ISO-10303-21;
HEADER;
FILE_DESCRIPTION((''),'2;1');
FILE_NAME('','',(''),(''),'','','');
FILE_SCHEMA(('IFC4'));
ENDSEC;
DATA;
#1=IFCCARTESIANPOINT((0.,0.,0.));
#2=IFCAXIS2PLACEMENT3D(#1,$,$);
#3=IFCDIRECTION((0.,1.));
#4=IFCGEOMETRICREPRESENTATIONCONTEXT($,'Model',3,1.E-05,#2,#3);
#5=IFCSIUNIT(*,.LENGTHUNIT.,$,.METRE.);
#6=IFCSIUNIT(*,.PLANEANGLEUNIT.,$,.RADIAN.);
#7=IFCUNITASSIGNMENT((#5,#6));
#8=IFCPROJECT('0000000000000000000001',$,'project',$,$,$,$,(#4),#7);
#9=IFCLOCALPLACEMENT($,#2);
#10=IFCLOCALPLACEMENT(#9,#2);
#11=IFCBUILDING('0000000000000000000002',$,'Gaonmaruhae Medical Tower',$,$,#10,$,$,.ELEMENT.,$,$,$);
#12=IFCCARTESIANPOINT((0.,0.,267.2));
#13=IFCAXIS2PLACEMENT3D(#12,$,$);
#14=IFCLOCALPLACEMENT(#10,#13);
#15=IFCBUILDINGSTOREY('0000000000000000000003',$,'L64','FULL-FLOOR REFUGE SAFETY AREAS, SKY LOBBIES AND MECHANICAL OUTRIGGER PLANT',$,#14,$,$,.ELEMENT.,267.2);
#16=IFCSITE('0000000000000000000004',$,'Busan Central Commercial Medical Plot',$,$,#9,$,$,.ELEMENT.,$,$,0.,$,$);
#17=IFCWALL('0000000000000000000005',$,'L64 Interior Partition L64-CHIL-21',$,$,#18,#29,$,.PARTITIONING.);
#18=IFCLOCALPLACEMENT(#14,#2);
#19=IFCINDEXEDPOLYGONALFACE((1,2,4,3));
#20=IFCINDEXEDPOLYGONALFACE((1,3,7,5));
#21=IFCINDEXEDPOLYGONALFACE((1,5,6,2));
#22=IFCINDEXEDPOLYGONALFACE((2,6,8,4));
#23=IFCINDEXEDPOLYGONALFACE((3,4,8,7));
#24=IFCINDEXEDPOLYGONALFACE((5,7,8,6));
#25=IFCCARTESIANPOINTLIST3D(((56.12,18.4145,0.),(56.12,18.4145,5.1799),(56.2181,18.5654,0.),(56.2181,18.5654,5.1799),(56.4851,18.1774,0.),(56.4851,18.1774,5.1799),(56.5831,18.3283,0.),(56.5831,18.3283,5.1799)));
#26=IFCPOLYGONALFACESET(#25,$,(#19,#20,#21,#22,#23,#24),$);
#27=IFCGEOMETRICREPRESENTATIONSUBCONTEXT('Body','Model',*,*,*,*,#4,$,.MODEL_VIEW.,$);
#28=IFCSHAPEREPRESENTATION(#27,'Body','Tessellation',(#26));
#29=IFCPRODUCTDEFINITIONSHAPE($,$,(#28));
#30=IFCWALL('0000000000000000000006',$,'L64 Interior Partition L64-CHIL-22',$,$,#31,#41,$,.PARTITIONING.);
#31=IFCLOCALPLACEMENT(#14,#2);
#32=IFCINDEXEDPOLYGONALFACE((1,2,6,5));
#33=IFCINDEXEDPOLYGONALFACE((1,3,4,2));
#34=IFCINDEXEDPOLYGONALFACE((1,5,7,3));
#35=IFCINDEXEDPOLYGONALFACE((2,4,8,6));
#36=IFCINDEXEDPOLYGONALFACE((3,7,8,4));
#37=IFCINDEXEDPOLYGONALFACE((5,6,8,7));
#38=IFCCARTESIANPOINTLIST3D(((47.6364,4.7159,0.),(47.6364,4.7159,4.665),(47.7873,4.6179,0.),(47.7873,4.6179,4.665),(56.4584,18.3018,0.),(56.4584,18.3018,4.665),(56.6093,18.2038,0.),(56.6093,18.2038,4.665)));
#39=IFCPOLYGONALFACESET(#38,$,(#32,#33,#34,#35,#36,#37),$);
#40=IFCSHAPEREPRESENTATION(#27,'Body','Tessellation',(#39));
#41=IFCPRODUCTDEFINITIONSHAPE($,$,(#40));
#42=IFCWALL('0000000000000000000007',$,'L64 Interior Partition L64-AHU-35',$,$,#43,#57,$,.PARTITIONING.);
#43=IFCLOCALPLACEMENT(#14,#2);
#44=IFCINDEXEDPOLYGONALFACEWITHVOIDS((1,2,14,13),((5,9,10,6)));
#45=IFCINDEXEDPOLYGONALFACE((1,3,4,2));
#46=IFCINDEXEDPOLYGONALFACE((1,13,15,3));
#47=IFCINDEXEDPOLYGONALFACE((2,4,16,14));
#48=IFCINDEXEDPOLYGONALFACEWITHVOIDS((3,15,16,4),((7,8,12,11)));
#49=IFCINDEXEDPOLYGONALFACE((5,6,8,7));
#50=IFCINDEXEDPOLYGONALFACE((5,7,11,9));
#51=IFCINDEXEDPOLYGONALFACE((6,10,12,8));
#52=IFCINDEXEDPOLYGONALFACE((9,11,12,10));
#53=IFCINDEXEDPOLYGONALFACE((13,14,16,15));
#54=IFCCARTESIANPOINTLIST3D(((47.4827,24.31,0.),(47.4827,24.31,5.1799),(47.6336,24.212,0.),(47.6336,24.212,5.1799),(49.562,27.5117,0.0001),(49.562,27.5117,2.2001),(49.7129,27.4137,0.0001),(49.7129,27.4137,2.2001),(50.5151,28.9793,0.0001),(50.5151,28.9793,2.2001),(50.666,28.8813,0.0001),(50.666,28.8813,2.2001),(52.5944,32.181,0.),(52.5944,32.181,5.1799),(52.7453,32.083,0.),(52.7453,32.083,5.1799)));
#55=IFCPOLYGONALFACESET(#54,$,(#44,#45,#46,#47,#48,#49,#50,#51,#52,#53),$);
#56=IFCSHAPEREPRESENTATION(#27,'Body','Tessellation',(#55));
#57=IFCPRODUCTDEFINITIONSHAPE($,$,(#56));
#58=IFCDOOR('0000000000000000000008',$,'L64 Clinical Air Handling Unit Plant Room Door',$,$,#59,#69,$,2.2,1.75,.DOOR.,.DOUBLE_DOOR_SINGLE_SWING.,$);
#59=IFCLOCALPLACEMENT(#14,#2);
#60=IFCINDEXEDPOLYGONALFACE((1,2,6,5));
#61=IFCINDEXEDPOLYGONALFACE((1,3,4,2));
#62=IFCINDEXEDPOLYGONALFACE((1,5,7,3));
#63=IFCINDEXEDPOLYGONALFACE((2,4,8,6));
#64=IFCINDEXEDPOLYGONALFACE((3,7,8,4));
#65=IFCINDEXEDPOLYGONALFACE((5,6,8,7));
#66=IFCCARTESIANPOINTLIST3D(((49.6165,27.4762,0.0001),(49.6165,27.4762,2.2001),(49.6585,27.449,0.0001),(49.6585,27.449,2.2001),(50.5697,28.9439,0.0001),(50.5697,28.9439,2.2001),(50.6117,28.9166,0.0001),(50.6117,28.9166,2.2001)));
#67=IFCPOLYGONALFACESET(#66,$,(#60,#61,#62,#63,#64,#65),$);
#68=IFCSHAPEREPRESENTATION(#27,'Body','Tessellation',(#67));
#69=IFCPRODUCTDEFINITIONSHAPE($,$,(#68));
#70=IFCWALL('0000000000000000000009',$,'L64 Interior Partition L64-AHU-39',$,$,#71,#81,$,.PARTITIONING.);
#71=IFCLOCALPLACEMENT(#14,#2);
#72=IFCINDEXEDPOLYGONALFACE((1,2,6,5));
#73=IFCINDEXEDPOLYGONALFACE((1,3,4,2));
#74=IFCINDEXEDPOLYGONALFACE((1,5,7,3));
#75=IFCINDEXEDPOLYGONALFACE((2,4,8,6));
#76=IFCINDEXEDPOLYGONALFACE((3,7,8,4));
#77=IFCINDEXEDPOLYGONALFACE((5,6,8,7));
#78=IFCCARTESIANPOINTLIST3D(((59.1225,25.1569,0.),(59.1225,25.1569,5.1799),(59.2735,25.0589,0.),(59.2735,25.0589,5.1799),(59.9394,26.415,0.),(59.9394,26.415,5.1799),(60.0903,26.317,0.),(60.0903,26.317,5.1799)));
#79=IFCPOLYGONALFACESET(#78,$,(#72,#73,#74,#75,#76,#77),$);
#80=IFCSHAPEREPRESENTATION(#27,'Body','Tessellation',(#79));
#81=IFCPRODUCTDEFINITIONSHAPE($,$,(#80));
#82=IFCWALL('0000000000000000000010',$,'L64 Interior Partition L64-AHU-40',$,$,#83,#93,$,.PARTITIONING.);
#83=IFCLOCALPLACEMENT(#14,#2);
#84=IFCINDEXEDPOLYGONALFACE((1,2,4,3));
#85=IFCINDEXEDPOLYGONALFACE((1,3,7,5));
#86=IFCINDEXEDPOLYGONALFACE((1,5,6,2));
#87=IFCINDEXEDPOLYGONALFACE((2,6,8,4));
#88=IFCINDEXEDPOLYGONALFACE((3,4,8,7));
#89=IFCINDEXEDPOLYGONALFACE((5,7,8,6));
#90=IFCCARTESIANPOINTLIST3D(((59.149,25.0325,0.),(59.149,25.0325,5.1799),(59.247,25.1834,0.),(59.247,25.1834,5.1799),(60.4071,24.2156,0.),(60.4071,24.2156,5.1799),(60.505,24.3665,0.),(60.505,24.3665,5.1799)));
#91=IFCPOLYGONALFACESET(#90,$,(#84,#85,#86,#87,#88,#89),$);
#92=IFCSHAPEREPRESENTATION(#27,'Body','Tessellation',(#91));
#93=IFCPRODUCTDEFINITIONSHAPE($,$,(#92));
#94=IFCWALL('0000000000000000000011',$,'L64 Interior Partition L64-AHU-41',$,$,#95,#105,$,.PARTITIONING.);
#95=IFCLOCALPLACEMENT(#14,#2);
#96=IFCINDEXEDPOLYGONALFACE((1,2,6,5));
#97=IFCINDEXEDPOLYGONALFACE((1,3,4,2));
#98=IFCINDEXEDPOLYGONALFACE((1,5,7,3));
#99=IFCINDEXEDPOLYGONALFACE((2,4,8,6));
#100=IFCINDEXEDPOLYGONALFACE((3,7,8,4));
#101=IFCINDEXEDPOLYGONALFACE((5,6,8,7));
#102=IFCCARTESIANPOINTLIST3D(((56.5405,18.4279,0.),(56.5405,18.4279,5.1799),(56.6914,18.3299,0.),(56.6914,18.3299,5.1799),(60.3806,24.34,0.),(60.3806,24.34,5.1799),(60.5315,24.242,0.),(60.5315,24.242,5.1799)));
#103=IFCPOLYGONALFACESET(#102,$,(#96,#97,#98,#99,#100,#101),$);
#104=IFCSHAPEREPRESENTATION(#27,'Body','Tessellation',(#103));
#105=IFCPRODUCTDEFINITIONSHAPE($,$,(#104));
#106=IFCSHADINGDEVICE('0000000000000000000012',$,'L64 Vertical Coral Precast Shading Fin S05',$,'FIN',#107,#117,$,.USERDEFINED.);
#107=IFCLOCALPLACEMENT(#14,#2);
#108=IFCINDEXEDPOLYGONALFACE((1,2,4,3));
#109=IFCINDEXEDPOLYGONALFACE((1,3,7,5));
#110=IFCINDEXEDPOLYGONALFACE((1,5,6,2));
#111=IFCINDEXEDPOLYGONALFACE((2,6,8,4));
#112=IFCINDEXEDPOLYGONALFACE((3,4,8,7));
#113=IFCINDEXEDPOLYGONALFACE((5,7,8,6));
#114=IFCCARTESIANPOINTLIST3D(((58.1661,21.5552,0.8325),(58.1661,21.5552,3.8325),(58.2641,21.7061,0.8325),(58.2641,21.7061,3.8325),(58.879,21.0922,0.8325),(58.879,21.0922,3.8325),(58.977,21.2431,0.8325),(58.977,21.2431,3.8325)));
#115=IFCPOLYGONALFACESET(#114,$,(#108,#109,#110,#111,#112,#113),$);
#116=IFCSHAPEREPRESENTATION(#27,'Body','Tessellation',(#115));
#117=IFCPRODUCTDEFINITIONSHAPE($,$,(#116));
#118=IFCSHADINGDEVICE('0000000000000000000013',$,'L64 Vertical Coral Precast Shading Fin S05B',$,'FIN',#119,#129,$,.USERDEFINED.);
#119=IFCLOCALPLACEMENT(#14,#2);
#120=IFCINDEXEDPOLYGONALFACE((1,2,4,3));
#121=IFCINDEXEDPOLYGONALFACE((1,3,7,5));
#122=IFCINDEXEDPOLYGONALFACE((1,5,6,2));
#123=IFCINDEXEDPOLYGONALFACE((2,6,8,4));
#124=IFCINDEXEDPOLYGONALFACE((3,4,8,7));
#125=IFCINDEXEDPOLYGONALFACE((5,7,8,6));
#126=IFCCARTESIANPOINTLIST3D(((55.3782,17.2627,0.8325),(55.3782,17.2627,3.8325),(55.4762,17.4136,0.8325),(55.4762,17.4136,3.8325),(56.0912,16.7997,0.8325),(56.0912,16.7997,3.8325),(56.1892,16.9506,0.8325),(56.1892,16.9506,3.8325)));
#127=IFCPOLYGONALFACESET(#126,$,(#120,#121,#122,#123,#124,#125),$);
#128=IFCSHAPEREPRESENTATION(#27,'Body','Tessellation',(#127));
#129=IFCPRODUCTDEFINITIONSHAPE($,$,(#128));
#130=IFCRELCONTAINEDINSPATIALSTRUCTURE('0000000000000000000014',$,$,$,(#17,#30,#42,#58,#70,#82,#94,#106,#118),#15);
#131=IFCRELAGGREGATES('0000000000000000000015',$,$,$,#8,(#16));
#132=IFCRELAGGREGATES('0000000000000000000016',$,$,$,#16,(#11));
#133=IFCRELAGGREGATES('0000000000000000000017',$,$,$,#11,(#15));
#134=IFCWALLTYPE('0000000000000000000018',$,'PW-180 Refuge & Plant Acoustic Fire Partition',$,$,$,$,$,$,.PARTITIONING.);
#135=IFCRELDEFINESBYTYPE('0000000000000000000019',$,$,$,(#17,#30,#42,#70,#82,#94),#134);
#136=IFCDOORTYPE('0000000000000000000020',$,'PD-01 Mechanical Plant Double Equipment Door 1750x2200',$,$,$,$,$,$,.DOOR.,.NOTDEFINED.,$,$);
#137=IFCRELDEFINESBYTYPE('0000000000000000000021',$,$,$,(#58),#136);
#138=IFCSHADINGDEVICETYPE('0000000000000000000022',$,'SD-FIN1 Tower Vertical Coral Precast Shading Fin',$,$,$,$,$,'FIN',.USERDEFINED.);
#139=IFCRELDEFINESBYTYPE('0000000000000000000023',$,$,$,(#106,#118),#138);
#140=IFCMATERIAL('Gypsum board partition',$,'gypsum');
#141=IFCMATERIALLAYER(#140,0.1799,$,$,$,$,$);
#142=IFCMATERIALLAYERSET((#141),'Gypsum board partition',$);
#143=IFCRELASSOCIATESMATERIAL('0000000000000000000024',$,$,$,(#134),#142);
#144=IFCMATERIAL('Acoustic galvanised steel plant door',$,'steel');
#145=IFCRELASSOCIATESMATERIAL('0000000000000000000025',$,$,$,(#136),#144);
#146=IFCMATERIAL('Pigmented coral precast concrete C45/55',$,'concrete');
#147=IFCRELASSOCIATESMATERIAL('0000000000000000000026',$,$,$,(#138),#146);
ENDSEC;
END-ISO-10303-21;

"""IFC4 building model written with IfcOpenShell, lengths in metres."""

from ifc_helpers import new_model, si_unit, direction, frame, frame_2d, origin, origin_2d, place, context, subcontext, project, spatial, rectangle, extrude, material, layer, layer_set, type_object, element, fill, save


model = new_model("IFC4")

# Units and contexts
model_context = context("Model", 3, precision=1e-05, world=origin(), true_north=direction((0.0, 1.0)))
body_context = subcontext(model_context, "Body", "Model", "MODEL_VIEW")
ifc_project = project(units=[si_unit("LENGTHUNIT", "METRE"), si_unit("PLANEANGLEUNIT", "RADIAN")], contexts=[model_context])

# Site, building, storey
site_placement = place(None, origin())
site = spatial("IfcSite", under=ifc_project, at=site_placement, Name="Busan Central Commercial Medical Plot", CompositionType="ELEMENT", RefElevation=0.0)
building_placement = place(site_placement, origin())
building = spatial("IfcBuilding", under=site, at=building_placement, Name="Gaonmaruhae Medical Tower", CompositionType="ELEMENT")
storey_placement = place(building_placement, frame((0.0, 0.0, 267.2)))
storey = spatial("IfcBuildingStorey", under=building, at=storey_placement, Name="L64", Description="FULL-FLOOR REFUGE SAFETY AREAS, SKY LOBBIES AND MECHANICAL OUTRIGGER PLANT", CompositionType="ELEMENT", Elevation=267.2)

# Walls
ifc_material_1 = material(Name="Gypsum board partition", Category="gypsum")
ifc_layer_1 = layer(ifc_material_1, 0.1799)
ifc_layer_set_1 = layer_set([ifc_layer_1], Name="Gypsum board partition")
wall_type_1 = type_object("IfcWallType", Name="PW-180 Refuge & Plant Acoustic Fire Partition", PredefinedType="PARTITIONING", material=ifc_layer_set_1)
wall_1_placement = place(storey_placement, frame((56.1689, 18.49, 0.0), z_axis=(0.0, 0.0, 1.0), x_axis=(0.838636, -0.544693, 0.0)))
element("IfcWall", 1, at=wall_1_placement, inside=storey, type_object=wall_type_1, Name="L64 Interior Partition L64-CHIL-21", PredefinedType="PARTITIONING", context=body_context, shape_type="SweptSolid", body=[
    extrude(rectangle(XDim=0.4353, YDim=0.1799, at=frame_2d((0.2178, 0.0))), origin(), (0.0, 0.0, 1.0), 5.1799),
])
wall_2_placement = place(storey_placement, frame((56.5339, 18.2529, 0.0), z_axis=(0.0, 0.0, 1.0), x_axis=(-0.544605, -0.838693, 0.0)))
element("IfcWall", 2, at=wall_2_placement, inside=storey, type_object=wall_type_1, Name="L64 Interior Partition L64-CHIL-22", PredefinedType="PARTITIONING", context=body_context, shape_type="SweptSolid", body=[
    extrude(rectangle(XDim=16.199, YDim=0.1799, at=frame_2d((8.0996, 0.0))), origin(), (0.0, 0.0, 1.0), 4.665),
])

# Wall, opening, door
wall_3_placement = place(storey_placement, frame((47.5581, 24.261, 0.0), z_axis=(0.0, 0.0, 1.0), x_axis=(0.544659, 0.838658, 0.0)))
wall_3 = element("IfcWall", 3, at=wall_3_placement, inside=storey, type_object=wall_type_1, Name="L64 Interior Partition L64-AHU-35", PredefinedType="PARTITIONING", context=body_context, shape_type="SweptSolid", body=[
    extrude(rectangle(XDim=9.3853, YDim=0.1799, at=frame_2d((4.6926, 0.0))), origin(), (0.0, 0.0, 1.0), 5.1799),
])
opening_placement = place(wall_3_placement, frame((3.8176, 0.0, 0.0)))
opening = element("IfcOpeningElement", 4, at=opening_placement, cuts=wall_3, PredefinedType="OPENING", context=body_context, shape_type="SweptSolid", body=[
    extrude(rectangle(XDim=1.75, YDim=2.2, at=frame_2d((0.875, 1.1001))), frame((0.0, 0.1001, 0.0), z_axis=(0.0, -1.0, 0.0), x_axis=(1.0, 0.0, 0.0)), (0.0, 0.0, 1.0), 0.2),
])
ifc_material_2 = material(Name="Acoustic galvanised steel plant door", Category="steel")
door_type = type_object("IfcDoorType", Name="PD-01 Mechanical Plant Double Equipment Door 1750x2200", OperationType="NOTDEFINED", PredefinedType="DOOR", material=ifc_material_2)
door_placement = place(opening_placement, origin())
door = element("IfcDoor", 5, at=door_placement, inside=storey, type_object=door_type, Name="L64 Clinical Air Handling Unit Plant Room Door", OperationType="DOUBLE_DOOR_SINGLE_SWING", OverallHeight=2.2, OverallWidth=1.75, PredefinedType="DOOR", context=body_context, shape_type="SweptSolid", body=[
    extrude(rectangle(XDim=1.75, YDim=2.2, at=frame_2d((0.875, 1.1001))), frame((0.0, 0.0249, 0.0), z_axis=(0.0, -1.0, 0.0), x_axis=(1.0, 0.0, 0.0)), (0.0, 0.0, 1.0), 0.05),
])
fill(opening, door)

# Walls
for number, where, z_axis, x_axis, name in (
    (6, (60.0149, 26.366, 0.0), (0.0, 0.0, 1.0), (-0.544594, -0.8387, 0.0), "L64 Interior Partition L64-AHU-39"),
    (7, (59.198, 25.1079, 0.0), (0.0, 0.0, 1.0), (0.8387, -0.544594, 0.0), "L64 Interior Partition L64-AHU-40"),
):
    element("IfcWall", number, at=place(storey_placement, frame(where, z_axis=z_axis, x_axis=x_axis)), inside=storey, type_object=wall_type_1, Name=name, PredefinedType="PARTITIONING", context=body_context, shape_type="SweptSolid", body=[
        extrude(rectangle(XDim=1.5, YDim=0.1799, at=frame_2d((0.75, 0.0))), origin(), (0.0, 0.0, 1.0), 5.1799),
    ])
wall_4_placement = place(storey_placement, frame((60.4561, 24.291, 0.0), z_axis=(0.0, 0.0, 1.0), x_axis=(-0.544711, -0.838624, 0.0)))
element("IfcWall", 8, at=wall_4_placement, inside=storey, type_object=wall_type_1, Name="L64 Interior Partition L64-AHU-41", PredefinedType="PARTITIONING", context=body_context, shape_type="SweptSolid", body=[
    extrude(rectangle(XDim=7.0498, YDim=0.1799, at=frame_2d((3.5249, 0.0))), origin(), (0.0, 0.0, 1.0), 5.1799),
])

# Shading devices
ifc_material_3 = material(Name="Pigmented coral precast concrete C45/55", Category="concrete")
shading_device_type = type_object("IfcShadingDeviceType", Name="SD-FIN1 Tower Vertical Coral Precast Shading Fin", ElementType="FIN", PredefinedType="USERDEFINED", material=ifc_material_3)
for number, where, z_axis, x_axis, name in (
    (9, (58.5715, 21.3992, 0.8325), (0.0, 0.0, 1.0), (-0.544639, -0.838671, 0.0), "L64 Vertical Coral Precast Shading Fin S05"),
    (10, (55.7837, 17.1067, 0.8325), (0.0, 0.0, 1.0), (-0.544639, -0.838671, 0.0), "L64 Vertical Coral Precast Shading Fin S05B"),
):
    element("IfcShadingDevice", number, at=place(storey_placement, frame(where, z_axis=z_axis, x_axis=x_axis)), inside=storey, type_object=shading_device_type, Name=name, ObjectType="FIN", PredefinedType="USERDEFINED", context=body_context, shape_type="SweptSolid", body=[
        extrude(rectangle(XDim=0.1799, YDim=0.8501, at=origin_2d()), origin(), (0.0, 0.0, 1.0), 3.0),
    ])

save(model, "model.ifc")
